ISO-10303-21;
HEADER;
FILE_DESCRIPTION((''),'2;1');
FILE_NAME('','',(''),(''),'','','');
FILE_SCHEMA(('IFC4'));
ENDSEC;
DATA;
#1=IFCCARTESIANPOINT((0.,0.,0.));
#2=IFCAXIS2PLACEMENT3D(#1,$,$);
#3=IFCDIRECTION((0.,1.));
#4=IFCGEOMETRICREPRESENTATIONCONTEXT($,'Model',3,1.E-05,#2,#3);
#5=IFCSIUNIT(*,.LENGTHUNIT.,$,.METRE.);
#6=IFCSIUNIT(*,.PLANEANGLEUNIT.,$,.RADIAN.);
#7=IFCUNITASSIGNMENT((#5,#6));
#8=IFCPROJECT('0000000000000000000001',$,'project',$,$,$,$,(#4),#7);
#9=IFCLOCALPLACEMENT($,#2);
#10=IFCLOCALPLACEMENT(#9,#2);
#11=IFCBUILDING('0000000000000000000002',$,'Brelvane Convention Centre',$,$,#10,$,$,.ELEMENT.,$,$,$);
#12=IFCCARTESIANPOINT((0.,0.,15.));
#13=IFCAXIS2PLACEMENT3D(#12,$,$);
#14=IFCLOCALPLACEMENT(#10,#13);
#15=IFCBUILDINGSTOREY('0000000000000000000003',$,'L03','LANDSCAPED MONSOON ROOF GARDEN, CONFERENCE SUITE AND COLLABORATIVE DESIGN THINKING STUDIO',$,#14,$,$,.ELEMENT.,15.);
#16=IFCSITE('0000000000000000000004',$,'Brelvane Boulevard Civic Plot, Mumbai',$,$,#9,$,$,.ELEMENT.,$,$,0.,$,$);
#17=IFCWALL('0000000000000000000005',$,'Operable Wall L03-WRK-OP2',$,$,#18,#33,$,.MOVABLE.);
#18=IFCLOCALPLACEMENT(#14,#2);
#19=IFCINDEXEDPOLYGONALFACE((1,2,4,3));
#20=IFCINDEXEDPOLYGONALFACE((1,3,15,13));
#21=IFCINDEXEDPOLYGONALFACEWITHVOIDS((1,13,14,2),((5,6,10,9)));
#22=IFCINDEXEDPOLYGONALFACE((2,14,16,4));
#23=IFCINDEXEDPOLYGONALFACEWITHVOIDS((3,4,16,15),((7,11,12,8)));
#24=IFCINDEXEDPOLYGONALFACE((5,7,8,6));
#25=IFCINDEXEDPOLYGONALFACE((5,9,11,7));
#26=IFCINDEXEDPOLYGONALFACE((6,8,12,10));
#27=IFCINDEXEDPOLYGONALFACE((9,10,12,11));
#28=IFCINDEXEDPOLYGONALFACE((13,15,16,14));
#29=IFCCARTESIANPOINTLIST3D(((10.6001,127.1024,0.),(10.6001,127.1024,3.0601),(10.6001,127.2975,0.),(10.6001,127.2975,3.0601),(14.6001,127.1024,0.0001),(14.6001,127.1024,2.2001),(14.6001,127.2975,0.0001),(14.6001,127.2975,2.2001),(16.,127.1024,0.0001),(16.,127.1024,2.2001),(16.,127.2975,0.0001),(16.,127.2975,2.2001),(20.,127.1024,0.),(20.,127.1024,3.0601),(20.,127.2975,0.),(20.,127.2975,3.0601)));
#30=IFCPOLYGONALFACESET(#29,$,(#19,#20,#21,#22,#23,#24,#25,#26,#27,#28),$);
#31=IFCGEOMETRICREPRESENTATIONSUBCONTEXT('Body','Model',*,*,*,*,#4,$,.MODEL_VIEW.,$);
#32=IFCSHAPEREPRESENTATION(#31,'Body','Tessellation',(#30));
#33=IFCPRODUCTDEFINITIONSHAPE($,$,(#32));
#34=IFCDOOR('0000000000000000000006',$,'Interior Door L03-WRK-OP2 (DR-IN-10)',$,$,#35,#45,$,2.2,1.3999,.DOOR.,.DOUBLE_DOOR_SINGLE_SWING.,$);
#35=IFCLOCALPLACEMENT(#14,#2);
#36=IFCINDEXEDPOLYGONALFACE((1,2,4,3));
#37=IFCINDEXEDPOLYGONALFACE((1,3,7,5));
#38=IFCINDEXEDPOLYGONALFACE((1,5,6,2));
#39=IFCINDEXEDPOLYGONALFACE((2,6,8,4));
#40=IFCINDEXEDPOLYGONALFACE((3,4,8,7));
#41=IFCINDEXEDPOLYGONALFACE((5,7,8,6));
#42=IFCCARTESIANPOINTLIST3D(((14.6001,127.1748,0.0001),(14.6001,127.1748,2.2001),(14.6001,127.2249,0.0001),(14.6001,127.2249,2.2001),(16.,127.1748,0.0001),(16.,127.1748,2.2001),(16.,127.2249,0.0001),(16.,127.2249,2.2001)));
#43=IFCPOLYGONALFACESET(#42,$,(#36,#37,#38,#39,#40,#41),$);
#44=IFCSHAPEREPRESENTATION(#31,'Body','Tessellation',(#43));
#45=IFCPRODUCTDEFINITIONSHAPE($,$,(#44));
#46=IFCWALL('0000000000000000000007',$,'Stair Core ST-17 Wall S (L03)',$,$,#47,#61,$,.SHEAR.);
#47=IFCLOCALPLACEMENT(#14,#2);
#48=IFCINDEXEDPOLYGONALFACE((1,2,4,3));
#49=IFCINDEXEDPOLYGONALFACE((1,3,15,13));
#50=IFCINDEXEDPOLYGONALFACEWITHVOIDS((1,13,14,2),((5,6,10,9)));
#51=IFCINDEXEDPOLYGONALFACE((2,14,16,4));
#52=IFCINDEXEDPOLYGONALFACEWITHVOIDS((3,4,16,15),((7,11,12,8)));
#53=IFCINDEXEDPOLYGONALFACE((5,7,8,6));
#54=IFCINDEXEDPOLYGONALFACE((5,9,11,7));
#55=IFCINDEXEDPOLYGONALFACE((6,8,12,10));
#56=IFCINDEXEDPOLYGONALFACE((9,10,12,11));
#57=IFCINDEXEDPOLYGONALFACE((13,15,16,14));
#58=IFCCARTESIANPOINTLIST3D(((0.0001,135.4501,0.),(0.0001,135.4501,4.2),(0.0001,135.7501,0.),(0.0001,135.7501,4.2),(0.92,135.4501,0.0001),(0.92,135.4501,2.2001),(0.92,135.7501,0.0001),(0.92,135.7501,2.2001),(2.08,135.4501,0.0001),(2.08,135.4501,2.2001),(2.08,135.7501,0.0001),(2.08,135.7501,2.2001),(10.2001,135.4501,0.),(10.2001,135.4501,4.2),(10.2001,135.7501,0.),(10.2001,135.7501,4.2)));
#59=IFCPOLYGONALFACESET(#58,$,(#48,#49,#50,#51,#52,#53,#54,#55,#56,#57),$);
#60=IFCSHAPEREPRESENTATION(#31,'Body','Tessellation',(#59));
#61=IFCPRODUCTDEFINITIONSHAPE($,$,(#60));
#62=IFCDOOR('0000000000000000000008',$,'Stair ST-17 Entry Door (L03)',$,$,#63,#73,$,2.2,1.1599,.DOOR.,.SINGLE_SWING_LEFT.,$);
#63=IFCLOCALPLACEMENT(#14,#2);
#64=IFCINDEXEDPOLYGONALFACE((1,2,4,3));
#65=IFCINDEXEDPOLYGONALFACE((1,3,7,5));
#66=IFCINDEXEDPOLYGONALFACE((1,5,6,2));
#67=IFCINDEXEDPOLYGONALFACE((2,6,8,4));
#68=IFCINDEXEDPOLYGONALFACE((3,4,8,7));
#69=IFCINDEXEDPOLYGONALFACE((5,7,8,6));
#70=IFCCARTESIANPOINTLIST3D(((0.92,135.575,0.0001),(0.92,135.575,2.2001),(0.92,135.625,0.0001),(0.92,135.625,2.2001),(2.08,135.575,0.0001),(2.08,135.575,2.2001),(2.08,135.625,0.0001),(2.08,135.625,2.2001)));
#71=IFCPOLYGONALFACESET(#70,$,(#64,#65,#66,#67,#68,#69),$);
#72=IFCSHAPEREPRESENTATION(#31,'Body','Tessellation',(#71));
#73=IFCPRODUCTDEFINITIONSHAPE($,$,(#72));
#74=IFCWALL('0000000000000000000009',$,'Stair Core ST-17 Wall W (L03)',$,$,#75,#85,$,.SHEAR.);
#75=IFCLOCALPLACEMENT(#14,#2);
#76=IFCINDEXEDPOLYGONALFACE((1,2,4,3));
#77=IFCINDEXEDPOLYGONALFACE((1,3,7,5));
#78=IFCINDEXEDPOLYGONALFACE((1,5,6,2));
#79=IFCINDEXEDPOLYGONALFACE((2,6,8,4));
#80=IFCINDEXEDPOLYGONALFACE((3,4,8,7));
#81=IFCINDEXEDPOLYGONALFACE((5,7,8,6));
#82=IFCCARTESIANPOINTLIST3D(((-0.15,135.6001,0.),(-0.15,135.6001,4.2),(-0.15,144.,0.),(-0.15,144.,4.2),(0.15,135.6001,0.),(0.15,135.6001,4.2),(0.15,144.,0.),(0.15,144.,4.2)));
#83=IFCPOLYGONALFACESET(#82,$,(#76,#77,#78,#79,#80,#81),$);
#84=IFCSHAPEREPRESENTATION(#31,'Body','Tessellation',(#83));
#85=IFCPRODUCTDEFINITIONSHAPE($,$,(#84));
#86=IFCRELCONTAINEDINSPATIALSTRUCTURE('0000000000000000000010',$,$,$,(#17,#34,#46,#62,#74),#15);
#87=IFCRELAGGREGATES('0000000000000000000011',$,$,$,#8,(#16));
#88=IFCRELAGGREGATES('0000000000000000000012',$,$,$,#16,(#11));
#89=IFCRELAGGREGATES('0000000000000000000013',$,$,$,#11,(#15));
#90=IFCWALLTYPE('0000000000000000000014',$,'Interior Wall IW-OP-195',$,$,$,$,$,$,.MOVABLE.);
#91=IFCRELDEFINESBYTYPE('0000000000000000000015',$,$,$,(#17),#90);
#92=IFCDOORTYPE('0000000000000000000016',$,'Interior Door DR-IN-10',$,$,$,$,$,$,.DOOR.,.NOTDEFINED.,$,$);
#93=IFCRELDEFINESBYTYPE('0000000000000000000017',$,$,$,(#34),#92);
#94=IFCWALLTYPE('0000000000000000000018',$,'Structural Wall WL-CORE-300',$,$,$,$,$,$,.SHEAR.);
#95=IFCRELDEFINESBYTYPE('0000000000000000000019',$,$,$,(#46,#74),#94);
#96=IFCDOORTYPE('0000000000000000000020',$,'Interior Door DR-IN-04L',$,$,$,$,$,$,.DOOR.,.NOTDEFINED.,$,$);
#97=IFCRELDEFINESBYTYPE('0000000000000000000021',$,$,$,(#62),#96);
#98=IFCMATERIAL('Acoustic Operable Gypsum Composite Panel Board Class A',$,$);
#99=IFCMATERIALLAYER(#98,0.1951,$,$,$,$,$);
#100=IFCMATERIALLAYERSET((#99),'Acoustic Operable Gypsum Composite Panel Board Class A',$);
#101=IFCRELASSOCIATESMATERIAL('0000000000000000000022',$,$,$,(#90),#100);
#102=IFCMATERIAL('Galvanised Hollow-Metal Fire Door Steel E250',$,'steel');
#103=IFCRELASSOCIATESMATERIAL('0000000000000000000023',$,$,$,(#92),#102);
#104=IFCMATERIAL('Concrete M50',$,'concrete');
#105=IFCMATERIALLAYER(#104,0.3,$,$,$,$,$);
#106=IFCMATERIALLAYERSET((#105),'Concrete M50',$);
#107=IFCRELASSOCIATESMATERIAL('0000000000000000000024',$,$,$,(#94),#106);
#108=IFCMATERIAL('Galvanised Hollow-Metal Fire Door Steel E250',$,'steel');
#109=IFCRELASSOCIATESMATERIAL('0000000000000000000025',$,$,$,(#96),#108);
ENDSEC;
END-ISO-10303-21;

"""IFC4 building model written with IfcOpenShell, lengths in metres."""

from ifc_helpers import new_model, si_unit, direction, frame, frame_2d, origin, place, context, subcontext, project, spatial, rectangle, extrude, material, layer, layer_set, type_object, element, fill, save


model = new_model("IFC4")

# Units and contexts
model_context = context("Model", 3, precision=1e-05, world=origin(), true_north=direction((0.0, 1.0)))
body_context = subcontext(model_context, "Body", "Model", "MODEL_VIEW")
ifc_project = project(units=[si_unit("LENGTHUNIT", "METRE"), si_unit("PLANEANGLEUNIT", "RADIAN")], contexts=[model_context])

# Site, building, storey
site_placement = place(None, origin())
site = spatial("IfcSite", under=ifc_project, at=site_placement, Name="Brelvane Boulevard Civic Plot, Mumbai", CompositionType="ELEMENT", RefElevation=0.0)
building_placement = place(site_placement, origin())
building = spatial("IfcBuilding", under=site, at=building_placement, Name="Brelvane Convention Centre", CompositionType="ELEMENT")
storey_placement = place(building_placement, frame((0.0, 0.0, 15.0)))
storey = spatial("IfcBuildingStorey", under=building, at=storey_placement, Name="L03", Description="LANDSCAPED MONSOON ROOF GARDEN, CONFERENCE SUITE AND COLLABORATIVE DESIGN THINKING STUDIO", CompositionType="ELEMENT", Elevation=15.0)

# Walls, openings, doors
ifc_material_1 = material(Name="Acoustic Operable Gypsum Composite Panel Board Class A")
ifc_layer_1 = layer(ifc_material_1, 0.1951)
ifc_layer_set_1 = layer_set([ifc_layer_1], Name="Acoustic Operable Gypsum Composite Panel Board Class A")
wall_type_1 = type_object("IfcWallType", Name="Interior Wall IW-OP-195", PredefinedType="MOVABLE", material=ifc_layer_set_1)
wall_1_placement = place(storey_placement, frame((10.6001, 127.2, 0.0), z_axis=(0.0, 0.0, 1.0), x_axis=(1.0, 0.0, 0.0)))
wall_1 = element("IfcWall", 1, at=wall_1_placement, inside=storey, type_object=wall_type_1, Name="Operable Wall L03-WRK-OP2", PredefinedType="MOVABLE", context=body_context, shape_type="SweptSolid", body=[
    extrude(rectangle(XDim=9.3999, YDim=0.1951, at=frame_2d((4.7, 0.0))), origin(), (0.0, 0.0, 1.0), 3.0601),
])
opening_1_placement = place(wall_1_placement, frame((4.0, 0.0, 0.0)))
opening_1 = element("IfcOpeningElement", 2, at=opening_1_placement, cuts=wall_1, PredefinedType="OPENING", context=body_context, shape_type="SweptSolid", body=[
    extrude(rectangle(XDim=1.3999, YDim=2.2, at=frame_2d((0.7, 1.1001))), frame((0.0, 0.1074, 0.0), z_axis=(0.0, -1.0, 0.0), x_axis=(1.0, 0.0, 0.0)), (0.0, 0.0, 1.0), 0.2151),
])
ifc_material_2 = material(Name="Galvanised Hollow-Metal Fire Door Steel E250", Category="steel")
door_type_1 = type_object("IfcDoorType", Name="Interior Door DR-IN-10", OperationType="NOTDEFINED", PredefinedType="DOOR", material=ifc_material_2)
door_1_placement = place(opening_1_placement, origin())
door_1 = element("IfcDoor", 3, at=door_1_placement, inside=storey, type_object=door_type_1, Name="Interior Door L03-WRK-OP2 (DR-IN-10)", OperationType="DOUBLE_DOOR_SINGLE_SWING", OverallHeight=2.2, OverallWidth=1.3999, PredefinedType="DOOR", context=body_context, shape_type="SweptSolid", body=[
    extrude(rectangle(XDim=1.3999, YDim=2.2, at=frame_2d((0.7, 1.1001))), frame((0.0, 0.0249, 0.0), z_axis=(0.0, -1.0, 0.0), x_axis=(1.0, 0.0, 0.0)), (0.0, 0.0, 1.0), 0.05),
])
fill(opening_1, door_1)
ifc_material_3 = material(Name="Concrete M50", Category="concrete")
ifc_layer_2 = layer(ifc_material_3, 0.3)
ifc_layer_set_2 = layer_set([ifc_layer_2], Name="Concrete M50")
wall_type_2 = type_object("IfcWallType", Name="Structural Wall WL-CORE-300", PredefinedType="SHEAR", material=ifc_layer_set_2)
wall_2_placement = place(storey_placement, frame((0.0, 135.6001, 0.0), z_axis=(0.0, 0.0, 1.0), x_axis=(1.0, 0.0, 0.0)))
wall_2 = element("IfcWall", 4, at=wall_2_placement, inside=storey, type_object=wall_type_2, Name="Stair Core ST-17 Wall S (L03)", PredefinedType="SHEAR", context=body_context, shape_type="SweptSolid", body=[
    extrude(rectangle(XDim=10.2, YDim=0.3, at=frame_2d((5.1001, 0.0))), origin(), (0.0, 0.0, 1.0), 4.2),
])
opening_2_placement = place(wall_2_placement, frame((0.9199, 0.0, 0.0)))
opening_2 = element("IfcOpeningElement", 5, at=opening_2_placement, cuts=wall_2, PredefinedType="OPENING", context=body_context, shape_type="SweptSolid", body=[
    extrude(rectangle(XDim=1.1599, YDim=2.2, at=frame_2d((0.5801, 1.1001))), frame((0.0, 0.1599, 0.0), z_axis=(0.0, -1.0, 0.0), x_axis=(1.0, 0.0, 0.0)), (0.0, 0.0, 1.0), 0.3201),
])
ifc_material_4 = material(Name="Galvanised Hollow-Metal Fire Door Steel E250", Category="steel")
door_type_2 = type_object("IfcDoorType", Name="Interior Door DR-IN-04L", OperationType="NOTDEFINED", PredefinedType="DOOR", material=ifc_material_4)
door_2_placement = place(opening_2_placement, origin())
door_2 = element("IfcDoor", 6, at=door_2_placement, inside=storey, type_object=door_type_2, Name="Stair ST-17 Entry Door (L03)", OperationType="SINGLE_SWING_LEFT", OverallHeight=2.2, OverallWidth=1.1599, PredefinedType="DOOR", context=body_context, shape_type="SweptSolid", body=[
    extrude(rectangle(XDim=1.1599, YDim=2.2, at=frame_2d((0.5801, 1.1001))), frame((0.0, 0.0249, 0.0), z_axis=(0.0, -1.0, 0.0), x_axis=(1.0, 0.0, 0.0)), (0.0, 0.0, 1.0), 0.05),
])
fill(opening_2, door_2)

# Wall
wall_3_placement = place(storey_placement, frame((0.0, 135.6001, 0.0), z_axis=(0.0, 0.0, 1.0), x_axis=(0.0, 1.0, 0.0)))
element("IfcWall", 7, at=wall_3_placement, inside=storey, type_object=wall_type_2, Name="Stair Core ST-17 Wall W (L03)", PredefinedType="SHEAR", context=body_context, shape_type="SweptSolid", body=[
    extrude(rectangle(XDim=8.3999, YDim=0.3, at=frame_2d((4.2, 0.0))), origin(), (0.0, 0.0, 1.0), 4.2),
])

save(model, "model.ifc")
